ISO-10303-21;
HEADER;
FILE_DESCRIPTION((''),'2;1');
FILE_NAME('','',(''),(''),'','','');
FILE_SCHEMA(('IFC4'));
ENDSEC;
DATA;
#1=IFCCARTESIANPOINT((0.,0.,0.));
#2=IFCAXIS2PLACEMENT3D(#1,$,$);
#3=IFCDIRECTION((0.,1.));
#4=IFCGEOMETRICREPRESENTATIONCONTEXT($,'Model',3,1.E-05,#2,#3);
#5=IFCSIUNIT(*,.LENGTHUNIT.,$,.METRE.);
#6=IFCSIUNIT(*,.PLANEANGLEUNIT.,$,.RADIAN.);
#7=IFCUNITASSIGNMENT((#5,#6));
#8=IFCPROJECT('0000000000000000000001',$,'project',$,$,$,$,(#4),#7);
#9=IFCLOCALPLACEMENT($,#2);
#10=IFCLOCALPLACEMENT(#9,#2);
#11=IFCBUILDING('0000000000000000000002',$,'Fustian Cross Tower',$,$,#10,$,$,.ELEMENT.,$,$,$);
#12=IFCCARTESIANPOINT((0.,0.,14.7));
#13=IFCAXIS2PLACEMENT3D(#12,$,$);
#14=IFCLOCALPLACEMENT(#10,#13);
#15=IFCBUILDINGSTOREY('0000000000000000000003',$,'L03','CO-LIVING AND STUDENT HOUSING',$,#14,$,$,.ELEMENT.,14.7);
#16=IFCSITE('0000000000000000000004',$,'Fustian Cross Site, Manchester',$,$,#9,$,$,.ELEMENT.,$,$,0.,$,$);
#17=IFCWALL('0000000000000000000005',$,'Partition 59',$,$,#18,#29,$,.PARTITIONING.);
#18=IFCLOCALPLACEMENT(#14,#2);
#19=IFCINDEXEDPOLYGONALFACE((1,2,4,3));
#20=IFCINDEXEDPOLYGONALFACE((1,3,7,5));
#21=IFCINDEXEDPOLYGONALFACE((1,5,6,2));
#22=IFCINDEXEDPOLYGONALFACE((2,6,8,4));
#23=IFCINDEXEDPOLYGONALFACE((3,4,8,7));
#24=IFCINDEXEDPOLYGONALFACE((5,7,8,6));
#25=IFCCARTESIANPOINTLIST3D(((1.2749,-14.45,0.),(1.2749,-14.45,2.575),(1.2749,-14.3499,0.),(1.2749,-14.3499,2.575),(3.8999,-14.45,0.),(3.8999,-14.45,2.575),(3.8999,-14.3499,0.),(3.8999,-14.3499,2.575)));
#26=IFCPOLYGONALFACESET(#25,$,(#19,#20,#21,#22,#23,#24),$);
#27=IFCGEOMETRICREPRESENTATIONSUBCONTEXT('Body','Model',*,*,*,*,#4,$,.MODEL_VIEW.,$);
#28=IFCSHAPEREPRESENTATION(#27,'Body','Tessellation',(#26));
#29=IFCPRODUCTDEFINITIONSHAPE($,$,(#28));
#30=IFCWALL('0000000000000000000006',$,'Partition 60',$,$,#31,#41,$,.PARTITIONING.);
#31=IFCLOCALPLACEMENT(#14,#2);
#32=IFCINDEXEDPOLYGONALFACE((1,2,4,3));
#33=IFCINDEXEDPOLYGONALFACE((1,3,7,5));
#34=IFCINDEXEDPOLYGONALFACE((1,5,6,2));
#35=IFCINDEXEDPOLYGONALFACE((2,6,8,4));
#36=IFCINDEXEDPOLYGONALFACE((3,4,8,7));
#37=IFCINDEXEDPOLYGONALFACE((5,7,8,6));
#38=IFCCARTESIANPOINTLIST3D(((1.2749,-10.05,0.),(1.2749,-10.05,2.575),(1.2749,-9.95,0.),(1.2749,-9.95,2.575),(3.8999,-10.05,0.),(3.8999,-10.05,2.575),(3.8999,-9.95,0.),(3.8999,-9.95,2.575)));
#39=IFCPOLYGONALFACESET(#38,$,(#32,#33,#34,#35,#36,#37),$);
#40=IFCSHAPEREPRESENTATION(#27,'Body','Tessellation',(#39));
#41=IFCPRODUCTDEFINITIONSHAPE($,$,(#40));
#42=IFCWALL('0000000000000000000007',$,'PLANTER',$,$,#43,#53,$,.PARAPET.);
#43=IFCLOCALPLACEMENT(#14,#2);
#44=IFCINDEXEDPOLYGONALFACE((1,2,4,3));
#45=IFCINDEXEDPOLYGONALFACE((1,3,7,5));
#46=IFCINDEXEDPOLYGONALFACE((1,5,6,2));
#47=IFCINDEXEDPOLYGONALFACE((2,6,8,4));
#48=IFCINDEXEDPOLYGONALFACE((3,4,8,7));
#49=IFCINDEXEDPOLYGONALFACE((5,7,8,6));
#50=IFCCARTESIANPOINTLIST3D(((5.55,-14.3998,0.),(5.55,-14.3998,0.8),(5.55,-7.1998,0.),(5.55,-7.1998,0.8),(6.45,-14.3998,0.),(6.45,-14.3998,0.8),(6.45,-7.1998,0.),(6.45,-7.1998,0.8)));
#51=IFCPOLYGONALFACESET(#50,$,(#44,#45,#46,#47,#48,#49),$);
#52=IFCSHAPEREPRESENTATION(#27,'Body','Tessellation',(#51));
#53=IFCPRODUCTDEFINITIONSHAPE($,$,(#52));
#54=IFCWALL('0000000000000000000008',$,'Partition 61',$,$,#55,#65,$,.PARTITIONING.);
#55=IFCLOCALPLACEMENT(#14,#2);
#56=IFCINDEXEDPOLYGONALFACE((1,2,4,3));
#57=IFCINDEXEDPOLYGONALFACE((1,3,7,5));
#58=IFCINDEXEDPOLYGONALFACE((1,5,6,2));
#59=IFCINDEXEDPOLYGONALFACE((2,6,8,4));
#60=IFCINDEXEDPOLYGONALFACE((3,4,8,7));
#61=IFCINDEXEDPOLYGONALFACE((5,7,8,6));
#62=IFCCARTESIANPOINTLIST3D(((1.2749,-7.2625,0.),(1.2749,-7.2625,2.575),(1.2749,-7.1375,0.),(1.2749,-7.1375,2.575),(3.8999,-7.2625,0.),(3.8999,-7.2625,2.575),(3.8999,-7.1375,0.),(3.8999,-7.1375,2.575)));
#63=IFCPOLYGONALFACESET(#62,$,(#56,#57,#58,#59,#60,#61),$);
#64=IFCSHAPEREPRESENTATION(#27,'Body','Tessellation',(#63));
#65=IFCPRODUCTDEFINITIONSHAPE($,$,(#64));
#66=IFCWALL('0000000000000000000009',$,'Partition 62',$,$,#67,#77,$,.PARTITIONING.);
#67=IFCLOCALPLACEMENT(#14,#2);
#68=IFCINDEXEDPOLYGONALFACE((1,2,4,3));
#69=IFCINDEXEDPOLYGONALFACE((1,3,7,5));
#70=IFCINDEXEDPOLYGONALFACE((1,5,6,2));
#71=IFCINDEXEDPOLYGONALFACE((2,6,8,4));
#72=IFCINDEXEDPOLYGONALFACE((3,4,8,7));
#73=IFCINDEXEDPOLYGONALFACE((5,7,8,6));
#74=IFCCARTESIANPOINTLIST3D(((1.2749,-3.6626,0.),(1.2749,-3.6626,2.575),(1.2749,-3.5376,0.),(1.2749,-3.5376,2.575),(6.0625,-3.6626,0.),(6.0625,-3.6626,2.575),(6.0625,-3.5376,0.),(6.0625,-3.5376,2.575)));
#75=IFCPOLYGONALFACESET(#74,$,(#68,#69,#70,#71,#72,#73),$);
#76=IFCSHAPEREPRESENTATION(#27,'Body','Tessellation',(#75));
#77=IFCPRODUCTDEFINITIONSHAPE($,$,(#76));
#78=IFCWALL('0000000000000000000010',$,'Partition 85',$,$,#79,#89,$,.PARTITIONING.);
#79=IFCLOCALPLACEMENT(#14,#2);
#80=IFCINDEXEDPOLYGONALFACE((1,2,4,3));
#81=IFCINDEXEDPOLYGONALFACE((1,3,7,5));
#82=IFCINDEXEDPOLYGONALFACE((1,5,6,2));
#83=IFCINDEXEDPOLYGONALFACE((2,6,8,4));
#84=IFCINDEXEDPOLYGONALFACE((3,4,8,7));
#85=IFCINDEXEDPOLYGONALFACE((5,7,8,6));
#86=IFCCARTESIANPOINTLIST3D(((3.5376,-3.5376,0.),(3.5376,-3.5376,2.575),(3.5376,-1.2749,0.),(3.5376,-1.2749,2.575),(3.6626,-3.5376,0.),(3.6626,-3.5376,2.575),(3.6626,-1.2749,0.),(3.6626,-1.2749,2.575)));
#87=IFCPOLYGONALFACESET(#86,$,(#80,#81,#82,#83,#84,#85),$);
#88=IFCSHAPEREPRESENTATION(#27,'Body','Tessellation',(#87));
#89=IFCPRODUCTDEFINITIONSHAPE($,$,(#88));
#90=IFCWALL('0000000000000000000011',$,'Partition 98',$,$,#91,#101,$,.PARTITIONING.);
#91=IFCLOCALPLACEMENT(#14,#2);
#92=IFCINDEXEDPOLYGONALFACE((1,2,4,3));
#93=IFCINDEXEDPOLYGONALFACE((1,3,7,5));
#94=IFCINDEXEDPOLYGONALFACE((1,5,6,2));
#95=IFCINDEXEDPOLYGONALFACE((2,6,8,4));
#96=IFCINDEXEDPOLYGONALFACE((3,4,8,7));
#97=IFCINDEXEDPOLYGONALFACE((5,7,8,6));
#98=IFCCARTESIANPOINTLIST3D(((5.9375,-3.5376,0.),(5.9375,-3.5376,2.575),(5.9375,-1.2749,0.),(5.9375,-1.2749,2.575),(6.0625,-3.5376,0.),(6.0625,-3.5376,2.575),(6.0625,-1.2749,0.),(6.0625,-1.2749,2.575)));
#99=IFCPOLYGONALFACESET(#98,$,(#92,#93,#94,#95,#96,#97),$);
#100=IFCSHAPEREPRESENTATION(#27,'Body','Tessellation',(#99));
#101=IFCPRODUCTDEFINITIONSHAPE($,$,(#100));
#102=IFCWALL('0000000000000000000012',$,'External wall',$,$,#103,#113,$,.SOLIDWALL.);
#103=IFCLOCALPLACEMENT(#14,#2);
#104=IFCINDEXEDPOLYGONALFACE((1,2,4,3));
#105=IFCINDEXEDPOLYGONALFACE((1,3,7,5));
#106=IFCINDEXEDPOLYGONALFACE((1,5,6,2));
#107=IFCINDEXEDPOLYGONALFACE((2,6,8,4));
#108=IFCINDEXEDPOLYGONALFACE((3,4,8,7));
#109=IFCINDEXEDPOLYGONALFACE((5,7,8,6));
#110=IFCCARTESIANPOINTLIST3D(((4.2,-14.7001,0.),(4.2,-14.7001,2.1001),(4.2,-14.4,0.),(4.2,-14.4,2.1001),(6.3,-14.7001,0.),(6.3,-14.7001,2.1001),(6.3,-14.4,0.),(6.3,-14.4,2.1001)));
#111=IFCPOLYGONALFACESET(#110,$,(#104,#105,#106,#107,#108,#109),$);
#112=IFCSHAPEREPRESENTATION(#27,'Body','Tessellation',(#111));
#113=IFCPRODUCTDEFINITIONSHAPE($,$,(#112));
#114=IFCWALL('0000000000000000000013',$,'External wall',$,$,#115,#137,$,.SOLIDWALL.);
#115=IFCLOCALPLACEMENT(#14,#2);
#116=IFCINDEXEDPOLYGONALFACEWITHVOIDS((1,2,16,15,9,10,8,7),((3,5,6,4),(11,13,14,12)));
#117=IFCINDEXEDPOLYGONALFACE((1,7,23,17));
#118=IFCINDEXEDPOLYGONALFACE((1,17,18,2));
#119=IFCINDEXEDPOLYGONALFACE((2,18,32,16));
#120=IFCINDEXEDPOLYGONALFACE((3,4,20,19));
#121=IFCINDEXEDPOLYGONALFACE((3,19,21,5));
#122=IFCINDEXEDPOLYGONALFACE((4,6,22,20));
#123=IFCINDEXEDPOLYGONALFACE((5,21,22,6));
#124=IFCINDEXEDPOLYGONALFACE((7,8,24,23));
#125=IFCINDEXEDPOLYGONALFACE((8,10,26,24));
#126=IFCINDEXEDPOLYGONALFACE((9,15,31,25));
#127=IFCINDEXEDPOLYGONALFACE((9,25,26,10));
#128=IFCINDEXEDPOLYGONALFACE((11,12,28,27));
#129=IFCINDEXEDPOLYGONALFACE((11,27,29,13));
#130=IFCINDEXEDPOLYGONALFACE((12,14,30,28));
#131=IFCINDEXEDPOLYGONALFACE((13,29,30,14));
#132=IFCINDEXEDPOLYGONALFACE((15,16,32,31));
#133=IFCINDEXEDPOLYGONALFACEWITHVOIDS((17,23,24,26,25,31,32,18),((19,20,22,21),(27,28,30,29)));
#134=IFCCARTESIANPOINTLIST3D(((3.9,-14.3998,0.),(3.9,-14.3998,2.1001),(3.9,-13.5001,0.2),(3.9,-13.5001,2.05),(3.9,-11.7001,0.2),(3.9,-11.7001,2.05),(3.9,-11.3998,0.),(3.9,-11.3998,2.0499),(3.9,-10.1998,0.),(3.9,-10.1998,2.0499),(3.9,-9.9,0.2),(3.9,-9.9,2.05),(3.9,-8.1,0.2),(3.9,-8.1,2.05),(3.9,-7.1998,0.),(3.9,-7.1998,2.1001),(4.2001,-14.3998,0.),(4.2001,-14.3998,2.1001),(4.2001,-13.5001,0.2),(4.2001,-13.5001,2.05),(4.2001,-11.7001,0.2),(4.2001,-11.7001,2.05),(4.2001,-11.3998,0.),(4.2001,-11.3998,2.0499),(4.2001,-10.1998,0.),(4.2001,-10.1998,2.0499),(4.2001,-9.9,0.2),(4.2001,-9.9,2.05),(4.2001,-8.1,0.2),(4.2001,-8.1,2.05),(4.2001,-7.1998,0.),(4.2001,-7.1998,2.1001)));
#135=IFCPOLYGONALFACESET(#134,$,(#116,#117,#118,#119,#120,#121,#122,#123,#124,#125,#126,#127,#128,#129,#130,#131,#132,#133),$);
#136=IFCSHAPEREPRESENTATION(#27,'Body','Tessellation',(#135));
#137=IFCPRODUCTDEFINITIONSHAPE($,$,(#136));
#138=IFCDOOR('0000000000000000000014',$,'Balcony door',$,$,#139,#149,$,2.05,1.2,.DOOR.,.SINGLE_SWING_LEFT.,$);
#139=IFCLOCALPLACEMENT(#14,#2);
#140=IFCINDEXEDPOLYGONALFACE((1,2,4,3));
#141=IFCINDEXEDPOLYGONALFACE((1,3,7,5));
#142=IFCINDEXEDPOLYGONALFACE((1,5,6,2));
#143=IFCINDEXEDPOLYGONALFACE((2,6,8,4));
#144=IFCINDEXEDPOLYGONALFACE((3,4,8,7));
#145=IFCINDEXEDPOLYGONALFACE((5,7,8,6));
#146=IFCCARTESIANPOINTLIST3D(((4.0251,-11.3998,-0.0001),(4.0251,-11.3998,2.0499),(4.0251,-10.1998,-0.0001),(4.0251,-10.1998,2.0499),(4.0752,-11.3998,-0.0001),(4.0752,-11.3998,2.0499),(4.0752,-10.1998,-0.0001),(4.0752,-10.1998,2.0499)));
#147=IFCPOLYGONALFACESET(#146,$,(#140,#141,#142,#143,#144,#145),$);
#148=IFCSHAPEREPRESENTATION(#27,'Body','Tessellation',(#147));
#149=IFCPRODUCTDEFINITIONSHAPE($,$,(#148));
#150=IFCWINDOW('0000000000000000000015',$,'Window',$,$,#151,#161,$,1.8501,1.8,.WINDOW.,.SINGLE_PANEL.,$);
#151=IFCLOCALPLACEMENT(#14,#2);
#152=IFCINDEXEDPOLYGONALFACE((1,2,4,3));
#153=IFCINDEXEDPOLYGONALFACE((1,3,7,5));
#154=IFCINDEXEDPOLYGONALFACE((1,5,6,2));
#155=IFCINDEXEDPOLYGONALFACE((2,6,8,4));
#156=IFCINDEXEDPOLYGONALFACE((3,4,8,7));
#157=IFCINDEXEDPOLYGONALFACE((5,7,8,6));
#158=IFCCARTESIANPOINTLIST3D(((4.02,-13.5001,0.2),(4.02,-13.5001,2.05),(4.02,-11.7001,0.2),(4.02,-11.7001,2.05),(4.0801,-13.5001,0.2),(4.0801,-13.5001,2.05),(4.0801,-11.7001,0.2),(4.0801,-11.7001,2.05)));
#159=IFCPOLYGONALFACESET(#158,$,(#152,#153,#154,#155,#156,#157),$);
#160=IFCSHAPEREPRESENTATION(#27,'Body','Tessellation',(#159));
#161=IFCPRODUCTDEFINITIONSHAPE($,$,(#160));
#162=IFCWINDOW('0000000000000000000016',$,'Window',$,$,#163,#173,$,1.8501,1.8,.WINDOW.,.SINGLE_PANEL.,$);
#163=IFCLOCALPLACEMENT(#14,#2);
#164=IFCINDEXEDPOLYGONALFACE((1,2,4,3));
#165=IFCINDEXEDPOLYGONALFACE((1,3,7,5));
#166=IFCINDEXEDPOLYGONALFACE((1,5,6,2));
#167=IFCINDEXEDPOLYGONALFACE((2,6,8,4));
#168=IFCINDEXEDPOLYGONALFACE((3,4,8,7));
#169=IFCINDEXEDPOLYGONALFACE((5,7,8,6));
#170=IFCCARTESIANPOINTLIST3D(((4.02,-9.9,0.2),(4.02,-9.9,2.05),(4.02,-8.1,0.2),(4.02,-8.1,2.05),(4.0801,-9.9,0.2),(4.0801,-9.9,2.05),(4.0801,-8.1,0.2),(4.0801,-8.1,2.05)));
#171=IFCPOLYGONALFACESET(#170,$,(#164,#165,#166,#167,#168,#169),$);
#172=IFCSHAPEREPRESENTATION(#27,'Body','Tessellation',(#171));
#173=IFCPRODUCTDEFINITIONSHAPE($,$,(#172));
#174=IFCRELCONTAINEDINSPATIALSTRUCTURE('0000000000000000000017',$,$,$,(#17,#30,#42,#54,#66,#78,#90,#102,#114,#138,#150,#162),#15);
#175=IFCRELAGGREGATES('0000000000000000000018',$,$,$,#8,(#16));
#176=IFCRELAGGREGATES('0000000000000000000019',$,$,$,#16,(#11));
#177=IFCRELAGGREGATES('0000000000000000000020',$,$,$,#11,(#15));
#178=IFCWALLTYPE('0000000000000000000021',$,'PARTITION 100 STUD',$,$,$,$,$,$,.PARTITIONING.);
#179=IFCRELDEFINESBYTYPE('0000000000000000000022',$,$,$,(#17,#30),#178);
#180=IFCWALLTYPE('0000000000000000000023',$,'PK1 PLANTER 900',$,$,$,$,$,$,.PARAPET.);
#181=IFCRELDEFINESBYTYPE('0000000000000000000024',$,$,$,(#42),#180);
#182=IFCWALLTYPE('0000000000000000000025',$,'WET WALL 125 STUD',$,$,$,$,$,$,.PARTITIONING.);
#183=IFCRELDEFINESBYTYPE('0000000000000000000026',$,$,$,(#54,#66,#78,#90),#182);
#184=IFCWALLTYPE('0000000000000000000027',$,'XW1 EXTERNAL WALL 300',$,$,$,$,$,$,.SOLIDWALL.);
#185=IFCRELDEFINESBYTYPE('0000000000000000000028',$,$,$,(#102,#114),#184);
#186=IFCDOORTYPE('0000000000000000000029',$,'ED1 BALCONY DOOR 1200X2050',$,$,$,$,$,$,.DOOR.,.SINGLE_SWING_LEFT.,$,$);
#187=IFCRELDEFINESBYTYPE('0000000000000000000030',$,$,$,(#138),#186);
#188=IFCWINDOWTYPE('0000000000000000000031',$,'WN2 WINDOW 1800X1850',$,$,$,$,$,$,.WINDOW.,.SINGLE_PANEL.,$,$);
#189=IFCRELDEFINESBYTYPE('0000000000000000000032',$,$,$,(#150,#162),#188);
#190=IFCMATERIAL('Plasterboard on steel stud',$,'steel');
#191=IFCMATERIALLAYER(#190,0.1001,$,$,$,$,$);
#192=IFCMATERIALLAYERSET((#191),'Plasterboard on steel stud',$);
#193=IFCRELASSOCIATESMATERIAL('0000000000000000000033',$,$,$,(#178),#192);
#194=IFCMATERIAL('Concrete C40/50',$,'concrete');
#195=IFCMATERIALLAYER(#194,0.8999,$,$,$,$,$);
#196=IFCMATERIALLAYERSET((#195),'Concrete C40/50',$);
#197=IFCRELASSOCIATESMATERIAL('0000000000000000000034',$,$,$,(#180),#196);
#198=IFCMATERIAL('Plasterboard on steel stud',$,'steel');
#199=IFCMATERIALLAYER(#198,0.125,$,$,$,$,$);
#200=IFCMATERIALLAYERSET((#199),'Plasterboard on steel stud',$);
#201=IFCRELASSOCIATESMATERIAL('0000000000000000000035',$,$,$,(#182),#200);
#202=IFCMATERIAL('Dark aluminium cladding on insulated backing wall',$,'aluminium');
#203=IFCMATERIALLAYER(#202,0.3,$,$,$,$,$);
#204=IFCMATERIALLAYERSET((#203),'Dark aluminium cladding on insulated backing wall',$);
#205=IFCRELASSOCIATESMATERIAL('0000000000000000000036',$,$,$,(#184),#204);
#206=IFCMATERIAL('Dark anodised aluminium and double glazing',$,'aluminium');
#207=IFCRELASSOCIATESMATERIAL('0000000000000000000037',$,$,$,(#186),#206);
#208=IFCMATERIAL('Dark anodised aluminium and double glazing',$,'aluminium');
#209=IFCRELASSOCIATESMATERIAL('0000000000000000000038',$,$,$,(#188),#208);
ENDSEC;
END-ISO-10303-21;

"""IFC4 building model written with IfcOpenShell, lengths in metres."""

from ifc_helpers import new_model, si_unit, direction, frame, frame_2d, origin, place, context, subcontext, project, spatial, rectangle, extrude, material, layer, layer_set, type_object, element, fill, save


model = new_model("IFC4")

# Units and contexts
model_context = context("Model", 3, precision=1e-05, world=origin(), true_north=direction((0.0, 1.0)))
body_context = subcontext(model_context, "Body", "Model", "MODEL_VIEW")
ifc_project = project(units=[si_unit("LENGTHUNIT", "METRE"), si_unit("PLANEANGLEUNIT", "RADIAN")], contexts=[model_context])

# Site, building, storey
site_placement = place(None, origin())
site = spatial("IfcSite", under=ifc_project, at=site_placement, Name="Fustian Cross Site, Manchester", CompositionType="ELEMENT", RefElevation=0.0)
building_placement = place(site_placement, origin())
building = spatial("IfcBuilding", under=site, at=building_placement, Name="Fustian Cross Tower", CompositionType="ELEMENT")
storey_placement = place(building_placement, frame((0.0, 0.0, 14.7)))
storey = spatial("IfcBuildingStorey", under=building, at=storey_placement, Name="L03", Description="CO-LIVING AND STUDENT HOUSING", CompositionType="ELEMENT", Elevation=14.7)

# Walls
ifc_material_1 = material(Name="Plasterboard on steel stud", Category="steel")
ifc_layer_1 = layer(ifc_material_1, 0.1001)
ifc_layer_set_1 = layer_set([ifc_layer_1], Name="Plasterboard on steel stud")
wall_type_1 = type_object("IfcWallType", Name="PARTITION 100 STUD", PredefinedType="PARTITIONING", material=ifc_layer_set_1)
for number, where, z_axis, x_axis, name in (
    (1, (1.2749, -14.3999, 0.0), (0.0, 0.0, 1.0), (1.0, 0.0, 0.0), "Partition 59"),
    (2, (1.2749, -10.0, 0.0), (0.0, 0.0, 1.0), (1.0, 0.0, 0.0), "Partition 60"),
):
    element("IfcWall", number, at=place(storey_placement, frame(where, z_axis=z_axis, x_axis=x_axis)), inside=storey, type_object=wall_type_1, Name=name, PredefinedType="PARTITIONING", context=body_context, shape_type="SweptSolid", body=[
        extrude(rectangle(XDim=2.625, YDim=0.1001, at=frame_2d((1.3125, 0.0))), origin(), (0.0, 0.0, 1.0), 2.575),
    ])
ifc_material_2 = material(Name="Concrete C40/50", Category="concrete")
ifc_layer_2 = layer(ifc_material_2, 0.8999)
ifc_layer_set_2 = layer_set([ifc_layer_2], Name="Concrete C40/50")
wall_type_2 = type_object("IfcWallType", Name="PK1 PLANTER 900", PredefinedType="PARAPET", material=ifc_layer_set_2)
wall_1_placement = place(storey_placement, frame((6.0, -14.3999, 0.0), z_axis=(0.0, 0.0, 1.0), x_axis=(0.0, 1.0, 0.0)))
element("IfcWall", 3, at=wall_1_placement, inside=storey, type_object=wall_type_2, Name="PLANTER", PredefinedType="PARAPET", context=body_context, shape_type="SweptSolid", body=[
    extrude(rectangle(XDim=7.2, YDim=0.8999, at=frame_2d((3.6001, 0.0))), origin(), (0.0, 0.0, 1.0), 0.8),
])
ifc_material_3 = material(Name="Plasterboard on steel stud", Category="steel")
ifc_layer_3 = layer(ifc_material_3, 0.125)
ifc_layer_set_3 = layer_set([ifc_layer_3], Name="Plasterboard on steel stud")
wall_type_3 = type_object("IfcWallType", Name="WET WALL 125 STUD", PredefinedType="PARTITIONING", material=ifc_layer_set_3)
wall_2_placement = place(storey_placement, frame((1.2749, -7.2, 0.0), z_axis=(0.0, 0.0, 1.0), x_axis=(1.0, 0.0, 0.0)))
element("IfcWall", 4, at=wall_2_placement, inside=storey, type_object=wall_type_3, Name="Partition 61", PredefinedType="PARTITIONING", context=body_context, shape_type="SweptSolid", body=[
    extrude(rectangle(XDim=2.625, YDim=0.125, at=frame_2d((1.3125, 0.0))), origin(), (0.0, 0.0, 1.0), 2.575),
])
wall_3_placement = place(storey_placement, frame((1.2749, -3.6001, 0.0), z_axis=(0.0, 0.0, 1.0), x_axis=(1.0, 0.0, 0.0)))
element("IfcWall", 5, at=wall_3_placement, inside=storey, type_object=wall_type_3, Name="Partition 62", PredefinedType="PARTITIONING", context=body_context, shape_type="SweptSolid", body=[
    extrude(rectangle(XDim=4.7876, YDim=0.125, at=frame_2d((2.3938, 0.0))), origin(), (0.0, 0.0, 1.0), 2.575),
])
for number, where, z_axis, x_axis, name in (
    (6, (3.6001, -3.5376, 0.0), (0.0, 0.0, 1.0), (0.0, 1.0, 0.0), "Partition 85"),
    (7, (6.0, -3.5376, 0.0), (0.0, 0.0, 1.0), (0.0, 1.0, 0.0), "Partition 98"),
):
    element("IfcWall", number, at=place(storey_placement, frame(where, z_axis=z_axis, x_axis=x_axis)), inside=storey, type_object=wall_type_3, Name=name, PredefinedType="PARTITIONING", context=body_context, shape_type="SweptSolid", body=[
        extrude(rectangle(XDim=2.2627, YDim=0.125, at=frame_2d((1.1313, 0.0))), origin(), (0.0, 0.0, 1.0), 2.575),
    ])
ifc_material_4 = material(Name="Dark aluminium cladding on insulated backing wall", Category="aluminium")
ifc_layer_4 = layer(ifc_material_4, 0.3)
ifc_layer_set_4 = layer_set([ifc_layer_4], Name="Dark aluminium cladding on insulated backing wall")
wall_type_4 = type_object("IfcWallType", Name="XW1 EXTERNAL WALL 300", PredefinedType="SOLIDWALL", material=ifc_layer_set_4)
wall_4_placement = place(storey_placement, frame((6.3, -14.55, 0.0), z_axis=(0.0, 0.0, 1.0), x_axis=(-1.0, 0.0, 0.0)))
element("IfcWall", 8, at=wall_4_placement, inside=storey, type_object=wall_type_4, Name="External wall", PredefinedType="SOLIDWALL", context=body_context, shape_type="SweptSolid", body=[
    extrude(rectangle(XDim=2.1001, YDim=0.3, at=frame_2d((1.05, 0.0))), origin(), (0.0, 0.0, 1.0), 2.1001),
])

# Wall, openings, door, windows
wall_5_placement = place(storey_placement, frame((4.05, -14.3999, 0.0), z_axis=(0.0, 0.0, 1.0), x_axis=(0.0, 1.0, 0.0)))
wall_5 = element("IfcWall", 9, at=wall_5_placement, inside=storey, type_object=wall_type_4, Name="External wall", PredefinedType="SOLIDWALL", context=body_context, shape_type="SweptSolid", body=[
    extrude(rectangle(XDim=7.2, YDim=0.3, at=frame_2d((3.6001, 0.0))), origin(), (0.0, 0.0, 1.0), 2.1001),
])
opening_1_placement = place(wall_5_placement, frame((3.0, 0.0, 0.0)))
opening_1 = element("IfcOpeningElement", 10, at=opening_1_placement, cuts=wall_5, PredefinedType="OPENING", context=body_context, shape_type="SweptSolid", body=[
    extrude(rectangle(XDim=1.2, YDim=2.05, at=frame_2d((0.6001, 1.0249))), frame((0.0, 0.1599, 0.0), z_axis=(0.0, -1.0, 0.0), x_axis=(1.0, 0.0, 0.0)), (0.0, 0.0, 1.0), 0.3201),
])
opening_2_placement = place(wall_5_placement, frame((0.8999, 0.0, 0.2)))
opening_2 = element("IfcOpeningElement", 11, at=opening_2_placement, cuts=wall_5, PredefinedType="OPENING", context=body_context, shape_type="SweptSolid", body=[
    extrude(rectangle(XDim=1.8, YDim=1.8501, at=frame_2d((0.8999, 0.925))), frame((0.0, 0.1599, 0.0), z_axis=(0.0, -1.0, 0.0), x_axis=(1.0, 0.0, 0.0)), (0.0, 0.0, 1.0), 0.3201),
])
opening_3_placement = place(wall_5_placement, frame((4.5, 0.0, 0.2)))
opening_3 = element("IfcOpeningElement", 12, at=opening_3_placement, cuts=wall_5, PredefinedType="OPENING", context=body_context, shape_type="SweptSolid", body=[
    extrude(rectangle(XDim=1.8, YDim=1.8501, at=frame_2d((0.8999, 0.925))), frame((0.0, 0.1599, 0.0), z_axis=(0.0, -1.0, 0.0), x_axis=(1.0, 0.0, 0.0)), (0.0, 0.0, 1.0), 0.3201),
])
ifc_material_5 = material(Name="Dark anodised aluminium and double glazing", Category="aluminium")
door_type_1 = type_object("IfcDoorType", Name="ED1 BALCONY DOOR 1200X2050", OperationType="SINGLE_SWING_LEFT", PredefinedType="DOOR", material=ifc_material_5)
door_1_placement = place(opening_1_placement, origin())
door_1 = element("IfcDoor", 13, at=door_1_placement, inside=storey, type_object=door_type_1, Name="Balcony door", OperationType="SINGLE_SWING_LEFT", OverallHeight=2.05, OverallWidth=1.2, PredefinedType="DOOR", context=body_context, shape_type="SweptSolid", body=[
    extrude(rectangle(XDim=1.2, YDim=2.05, at=frame_2d((0.6001, 1.0249))), frame((0.0, 0.0249, 0.0), z_axis=(0.0, -1.0, 0.0), x_axis=(1.0, 0.0, 0.0)), (0.0, 0.0, 1.0), 0.05),
])
fill(opening_1, door_1)
ifc_material_6 = material(Name="Dark anodised aluminium and double glazing", Category="aluminium")
window_type = type_object("IfcWindowType", Name="WN2 WINDOW 1800X1850", PartitioningType="SINGLE_PANEL", PredefinedType="WINDOW", material=ifc_material_6)
window_1_placement = place(opening_2_placement, origin())
window_1 = element("IfcWindow", 14, at=window_1_placement, inside=storey, type_object=window_type, Name="Window", OverallHeight=1.8501, OverallWidth=1.8, PartitioningType="SINGLE_PANEL", PredefinedType="WINDOW", context=body_context, shape_type="SweptSolid", body=[
    extrude(rectangle(XDim=1.8, YDim=1.8501, at=frame_2d((0.8999, 0.925))), frame((0.0, 0.03, 0.0), z_axis=(0.0, -1.0, 0.0), x_axis=(1.0, 0.0, 0.0)), (0.0, 0.0, 1.0), 0.0601),
])
fill(opening_2, window_1)
window_2_placement = place(opening_3_placement, origin())
window_2 = element("IfcWindow", 15, at=window_2_placement, inside=storey, type_object=window_type, Name="Window", OverallHeight=1.8501, OverallWidth=1.8, PartitioningType="SINGLE_PANEL", PredefinedType="WINDOW", context=body_context, shape_type="SweptSolid", body=[
    extrude(rectangle(XDim=1.8, YDim=1.8501, at=frame_2d((0.8999, 0.925))), frame((0.0, 0.03, 0.0), z_axis=(0.0, -1.0, 0.0), x_axis=(1.0, 0.0, 0.0)), (0.0, 0.0, 1.0), 0.0601),
])
fill(opening_3, window_2)

save(model, "model.ifc")
